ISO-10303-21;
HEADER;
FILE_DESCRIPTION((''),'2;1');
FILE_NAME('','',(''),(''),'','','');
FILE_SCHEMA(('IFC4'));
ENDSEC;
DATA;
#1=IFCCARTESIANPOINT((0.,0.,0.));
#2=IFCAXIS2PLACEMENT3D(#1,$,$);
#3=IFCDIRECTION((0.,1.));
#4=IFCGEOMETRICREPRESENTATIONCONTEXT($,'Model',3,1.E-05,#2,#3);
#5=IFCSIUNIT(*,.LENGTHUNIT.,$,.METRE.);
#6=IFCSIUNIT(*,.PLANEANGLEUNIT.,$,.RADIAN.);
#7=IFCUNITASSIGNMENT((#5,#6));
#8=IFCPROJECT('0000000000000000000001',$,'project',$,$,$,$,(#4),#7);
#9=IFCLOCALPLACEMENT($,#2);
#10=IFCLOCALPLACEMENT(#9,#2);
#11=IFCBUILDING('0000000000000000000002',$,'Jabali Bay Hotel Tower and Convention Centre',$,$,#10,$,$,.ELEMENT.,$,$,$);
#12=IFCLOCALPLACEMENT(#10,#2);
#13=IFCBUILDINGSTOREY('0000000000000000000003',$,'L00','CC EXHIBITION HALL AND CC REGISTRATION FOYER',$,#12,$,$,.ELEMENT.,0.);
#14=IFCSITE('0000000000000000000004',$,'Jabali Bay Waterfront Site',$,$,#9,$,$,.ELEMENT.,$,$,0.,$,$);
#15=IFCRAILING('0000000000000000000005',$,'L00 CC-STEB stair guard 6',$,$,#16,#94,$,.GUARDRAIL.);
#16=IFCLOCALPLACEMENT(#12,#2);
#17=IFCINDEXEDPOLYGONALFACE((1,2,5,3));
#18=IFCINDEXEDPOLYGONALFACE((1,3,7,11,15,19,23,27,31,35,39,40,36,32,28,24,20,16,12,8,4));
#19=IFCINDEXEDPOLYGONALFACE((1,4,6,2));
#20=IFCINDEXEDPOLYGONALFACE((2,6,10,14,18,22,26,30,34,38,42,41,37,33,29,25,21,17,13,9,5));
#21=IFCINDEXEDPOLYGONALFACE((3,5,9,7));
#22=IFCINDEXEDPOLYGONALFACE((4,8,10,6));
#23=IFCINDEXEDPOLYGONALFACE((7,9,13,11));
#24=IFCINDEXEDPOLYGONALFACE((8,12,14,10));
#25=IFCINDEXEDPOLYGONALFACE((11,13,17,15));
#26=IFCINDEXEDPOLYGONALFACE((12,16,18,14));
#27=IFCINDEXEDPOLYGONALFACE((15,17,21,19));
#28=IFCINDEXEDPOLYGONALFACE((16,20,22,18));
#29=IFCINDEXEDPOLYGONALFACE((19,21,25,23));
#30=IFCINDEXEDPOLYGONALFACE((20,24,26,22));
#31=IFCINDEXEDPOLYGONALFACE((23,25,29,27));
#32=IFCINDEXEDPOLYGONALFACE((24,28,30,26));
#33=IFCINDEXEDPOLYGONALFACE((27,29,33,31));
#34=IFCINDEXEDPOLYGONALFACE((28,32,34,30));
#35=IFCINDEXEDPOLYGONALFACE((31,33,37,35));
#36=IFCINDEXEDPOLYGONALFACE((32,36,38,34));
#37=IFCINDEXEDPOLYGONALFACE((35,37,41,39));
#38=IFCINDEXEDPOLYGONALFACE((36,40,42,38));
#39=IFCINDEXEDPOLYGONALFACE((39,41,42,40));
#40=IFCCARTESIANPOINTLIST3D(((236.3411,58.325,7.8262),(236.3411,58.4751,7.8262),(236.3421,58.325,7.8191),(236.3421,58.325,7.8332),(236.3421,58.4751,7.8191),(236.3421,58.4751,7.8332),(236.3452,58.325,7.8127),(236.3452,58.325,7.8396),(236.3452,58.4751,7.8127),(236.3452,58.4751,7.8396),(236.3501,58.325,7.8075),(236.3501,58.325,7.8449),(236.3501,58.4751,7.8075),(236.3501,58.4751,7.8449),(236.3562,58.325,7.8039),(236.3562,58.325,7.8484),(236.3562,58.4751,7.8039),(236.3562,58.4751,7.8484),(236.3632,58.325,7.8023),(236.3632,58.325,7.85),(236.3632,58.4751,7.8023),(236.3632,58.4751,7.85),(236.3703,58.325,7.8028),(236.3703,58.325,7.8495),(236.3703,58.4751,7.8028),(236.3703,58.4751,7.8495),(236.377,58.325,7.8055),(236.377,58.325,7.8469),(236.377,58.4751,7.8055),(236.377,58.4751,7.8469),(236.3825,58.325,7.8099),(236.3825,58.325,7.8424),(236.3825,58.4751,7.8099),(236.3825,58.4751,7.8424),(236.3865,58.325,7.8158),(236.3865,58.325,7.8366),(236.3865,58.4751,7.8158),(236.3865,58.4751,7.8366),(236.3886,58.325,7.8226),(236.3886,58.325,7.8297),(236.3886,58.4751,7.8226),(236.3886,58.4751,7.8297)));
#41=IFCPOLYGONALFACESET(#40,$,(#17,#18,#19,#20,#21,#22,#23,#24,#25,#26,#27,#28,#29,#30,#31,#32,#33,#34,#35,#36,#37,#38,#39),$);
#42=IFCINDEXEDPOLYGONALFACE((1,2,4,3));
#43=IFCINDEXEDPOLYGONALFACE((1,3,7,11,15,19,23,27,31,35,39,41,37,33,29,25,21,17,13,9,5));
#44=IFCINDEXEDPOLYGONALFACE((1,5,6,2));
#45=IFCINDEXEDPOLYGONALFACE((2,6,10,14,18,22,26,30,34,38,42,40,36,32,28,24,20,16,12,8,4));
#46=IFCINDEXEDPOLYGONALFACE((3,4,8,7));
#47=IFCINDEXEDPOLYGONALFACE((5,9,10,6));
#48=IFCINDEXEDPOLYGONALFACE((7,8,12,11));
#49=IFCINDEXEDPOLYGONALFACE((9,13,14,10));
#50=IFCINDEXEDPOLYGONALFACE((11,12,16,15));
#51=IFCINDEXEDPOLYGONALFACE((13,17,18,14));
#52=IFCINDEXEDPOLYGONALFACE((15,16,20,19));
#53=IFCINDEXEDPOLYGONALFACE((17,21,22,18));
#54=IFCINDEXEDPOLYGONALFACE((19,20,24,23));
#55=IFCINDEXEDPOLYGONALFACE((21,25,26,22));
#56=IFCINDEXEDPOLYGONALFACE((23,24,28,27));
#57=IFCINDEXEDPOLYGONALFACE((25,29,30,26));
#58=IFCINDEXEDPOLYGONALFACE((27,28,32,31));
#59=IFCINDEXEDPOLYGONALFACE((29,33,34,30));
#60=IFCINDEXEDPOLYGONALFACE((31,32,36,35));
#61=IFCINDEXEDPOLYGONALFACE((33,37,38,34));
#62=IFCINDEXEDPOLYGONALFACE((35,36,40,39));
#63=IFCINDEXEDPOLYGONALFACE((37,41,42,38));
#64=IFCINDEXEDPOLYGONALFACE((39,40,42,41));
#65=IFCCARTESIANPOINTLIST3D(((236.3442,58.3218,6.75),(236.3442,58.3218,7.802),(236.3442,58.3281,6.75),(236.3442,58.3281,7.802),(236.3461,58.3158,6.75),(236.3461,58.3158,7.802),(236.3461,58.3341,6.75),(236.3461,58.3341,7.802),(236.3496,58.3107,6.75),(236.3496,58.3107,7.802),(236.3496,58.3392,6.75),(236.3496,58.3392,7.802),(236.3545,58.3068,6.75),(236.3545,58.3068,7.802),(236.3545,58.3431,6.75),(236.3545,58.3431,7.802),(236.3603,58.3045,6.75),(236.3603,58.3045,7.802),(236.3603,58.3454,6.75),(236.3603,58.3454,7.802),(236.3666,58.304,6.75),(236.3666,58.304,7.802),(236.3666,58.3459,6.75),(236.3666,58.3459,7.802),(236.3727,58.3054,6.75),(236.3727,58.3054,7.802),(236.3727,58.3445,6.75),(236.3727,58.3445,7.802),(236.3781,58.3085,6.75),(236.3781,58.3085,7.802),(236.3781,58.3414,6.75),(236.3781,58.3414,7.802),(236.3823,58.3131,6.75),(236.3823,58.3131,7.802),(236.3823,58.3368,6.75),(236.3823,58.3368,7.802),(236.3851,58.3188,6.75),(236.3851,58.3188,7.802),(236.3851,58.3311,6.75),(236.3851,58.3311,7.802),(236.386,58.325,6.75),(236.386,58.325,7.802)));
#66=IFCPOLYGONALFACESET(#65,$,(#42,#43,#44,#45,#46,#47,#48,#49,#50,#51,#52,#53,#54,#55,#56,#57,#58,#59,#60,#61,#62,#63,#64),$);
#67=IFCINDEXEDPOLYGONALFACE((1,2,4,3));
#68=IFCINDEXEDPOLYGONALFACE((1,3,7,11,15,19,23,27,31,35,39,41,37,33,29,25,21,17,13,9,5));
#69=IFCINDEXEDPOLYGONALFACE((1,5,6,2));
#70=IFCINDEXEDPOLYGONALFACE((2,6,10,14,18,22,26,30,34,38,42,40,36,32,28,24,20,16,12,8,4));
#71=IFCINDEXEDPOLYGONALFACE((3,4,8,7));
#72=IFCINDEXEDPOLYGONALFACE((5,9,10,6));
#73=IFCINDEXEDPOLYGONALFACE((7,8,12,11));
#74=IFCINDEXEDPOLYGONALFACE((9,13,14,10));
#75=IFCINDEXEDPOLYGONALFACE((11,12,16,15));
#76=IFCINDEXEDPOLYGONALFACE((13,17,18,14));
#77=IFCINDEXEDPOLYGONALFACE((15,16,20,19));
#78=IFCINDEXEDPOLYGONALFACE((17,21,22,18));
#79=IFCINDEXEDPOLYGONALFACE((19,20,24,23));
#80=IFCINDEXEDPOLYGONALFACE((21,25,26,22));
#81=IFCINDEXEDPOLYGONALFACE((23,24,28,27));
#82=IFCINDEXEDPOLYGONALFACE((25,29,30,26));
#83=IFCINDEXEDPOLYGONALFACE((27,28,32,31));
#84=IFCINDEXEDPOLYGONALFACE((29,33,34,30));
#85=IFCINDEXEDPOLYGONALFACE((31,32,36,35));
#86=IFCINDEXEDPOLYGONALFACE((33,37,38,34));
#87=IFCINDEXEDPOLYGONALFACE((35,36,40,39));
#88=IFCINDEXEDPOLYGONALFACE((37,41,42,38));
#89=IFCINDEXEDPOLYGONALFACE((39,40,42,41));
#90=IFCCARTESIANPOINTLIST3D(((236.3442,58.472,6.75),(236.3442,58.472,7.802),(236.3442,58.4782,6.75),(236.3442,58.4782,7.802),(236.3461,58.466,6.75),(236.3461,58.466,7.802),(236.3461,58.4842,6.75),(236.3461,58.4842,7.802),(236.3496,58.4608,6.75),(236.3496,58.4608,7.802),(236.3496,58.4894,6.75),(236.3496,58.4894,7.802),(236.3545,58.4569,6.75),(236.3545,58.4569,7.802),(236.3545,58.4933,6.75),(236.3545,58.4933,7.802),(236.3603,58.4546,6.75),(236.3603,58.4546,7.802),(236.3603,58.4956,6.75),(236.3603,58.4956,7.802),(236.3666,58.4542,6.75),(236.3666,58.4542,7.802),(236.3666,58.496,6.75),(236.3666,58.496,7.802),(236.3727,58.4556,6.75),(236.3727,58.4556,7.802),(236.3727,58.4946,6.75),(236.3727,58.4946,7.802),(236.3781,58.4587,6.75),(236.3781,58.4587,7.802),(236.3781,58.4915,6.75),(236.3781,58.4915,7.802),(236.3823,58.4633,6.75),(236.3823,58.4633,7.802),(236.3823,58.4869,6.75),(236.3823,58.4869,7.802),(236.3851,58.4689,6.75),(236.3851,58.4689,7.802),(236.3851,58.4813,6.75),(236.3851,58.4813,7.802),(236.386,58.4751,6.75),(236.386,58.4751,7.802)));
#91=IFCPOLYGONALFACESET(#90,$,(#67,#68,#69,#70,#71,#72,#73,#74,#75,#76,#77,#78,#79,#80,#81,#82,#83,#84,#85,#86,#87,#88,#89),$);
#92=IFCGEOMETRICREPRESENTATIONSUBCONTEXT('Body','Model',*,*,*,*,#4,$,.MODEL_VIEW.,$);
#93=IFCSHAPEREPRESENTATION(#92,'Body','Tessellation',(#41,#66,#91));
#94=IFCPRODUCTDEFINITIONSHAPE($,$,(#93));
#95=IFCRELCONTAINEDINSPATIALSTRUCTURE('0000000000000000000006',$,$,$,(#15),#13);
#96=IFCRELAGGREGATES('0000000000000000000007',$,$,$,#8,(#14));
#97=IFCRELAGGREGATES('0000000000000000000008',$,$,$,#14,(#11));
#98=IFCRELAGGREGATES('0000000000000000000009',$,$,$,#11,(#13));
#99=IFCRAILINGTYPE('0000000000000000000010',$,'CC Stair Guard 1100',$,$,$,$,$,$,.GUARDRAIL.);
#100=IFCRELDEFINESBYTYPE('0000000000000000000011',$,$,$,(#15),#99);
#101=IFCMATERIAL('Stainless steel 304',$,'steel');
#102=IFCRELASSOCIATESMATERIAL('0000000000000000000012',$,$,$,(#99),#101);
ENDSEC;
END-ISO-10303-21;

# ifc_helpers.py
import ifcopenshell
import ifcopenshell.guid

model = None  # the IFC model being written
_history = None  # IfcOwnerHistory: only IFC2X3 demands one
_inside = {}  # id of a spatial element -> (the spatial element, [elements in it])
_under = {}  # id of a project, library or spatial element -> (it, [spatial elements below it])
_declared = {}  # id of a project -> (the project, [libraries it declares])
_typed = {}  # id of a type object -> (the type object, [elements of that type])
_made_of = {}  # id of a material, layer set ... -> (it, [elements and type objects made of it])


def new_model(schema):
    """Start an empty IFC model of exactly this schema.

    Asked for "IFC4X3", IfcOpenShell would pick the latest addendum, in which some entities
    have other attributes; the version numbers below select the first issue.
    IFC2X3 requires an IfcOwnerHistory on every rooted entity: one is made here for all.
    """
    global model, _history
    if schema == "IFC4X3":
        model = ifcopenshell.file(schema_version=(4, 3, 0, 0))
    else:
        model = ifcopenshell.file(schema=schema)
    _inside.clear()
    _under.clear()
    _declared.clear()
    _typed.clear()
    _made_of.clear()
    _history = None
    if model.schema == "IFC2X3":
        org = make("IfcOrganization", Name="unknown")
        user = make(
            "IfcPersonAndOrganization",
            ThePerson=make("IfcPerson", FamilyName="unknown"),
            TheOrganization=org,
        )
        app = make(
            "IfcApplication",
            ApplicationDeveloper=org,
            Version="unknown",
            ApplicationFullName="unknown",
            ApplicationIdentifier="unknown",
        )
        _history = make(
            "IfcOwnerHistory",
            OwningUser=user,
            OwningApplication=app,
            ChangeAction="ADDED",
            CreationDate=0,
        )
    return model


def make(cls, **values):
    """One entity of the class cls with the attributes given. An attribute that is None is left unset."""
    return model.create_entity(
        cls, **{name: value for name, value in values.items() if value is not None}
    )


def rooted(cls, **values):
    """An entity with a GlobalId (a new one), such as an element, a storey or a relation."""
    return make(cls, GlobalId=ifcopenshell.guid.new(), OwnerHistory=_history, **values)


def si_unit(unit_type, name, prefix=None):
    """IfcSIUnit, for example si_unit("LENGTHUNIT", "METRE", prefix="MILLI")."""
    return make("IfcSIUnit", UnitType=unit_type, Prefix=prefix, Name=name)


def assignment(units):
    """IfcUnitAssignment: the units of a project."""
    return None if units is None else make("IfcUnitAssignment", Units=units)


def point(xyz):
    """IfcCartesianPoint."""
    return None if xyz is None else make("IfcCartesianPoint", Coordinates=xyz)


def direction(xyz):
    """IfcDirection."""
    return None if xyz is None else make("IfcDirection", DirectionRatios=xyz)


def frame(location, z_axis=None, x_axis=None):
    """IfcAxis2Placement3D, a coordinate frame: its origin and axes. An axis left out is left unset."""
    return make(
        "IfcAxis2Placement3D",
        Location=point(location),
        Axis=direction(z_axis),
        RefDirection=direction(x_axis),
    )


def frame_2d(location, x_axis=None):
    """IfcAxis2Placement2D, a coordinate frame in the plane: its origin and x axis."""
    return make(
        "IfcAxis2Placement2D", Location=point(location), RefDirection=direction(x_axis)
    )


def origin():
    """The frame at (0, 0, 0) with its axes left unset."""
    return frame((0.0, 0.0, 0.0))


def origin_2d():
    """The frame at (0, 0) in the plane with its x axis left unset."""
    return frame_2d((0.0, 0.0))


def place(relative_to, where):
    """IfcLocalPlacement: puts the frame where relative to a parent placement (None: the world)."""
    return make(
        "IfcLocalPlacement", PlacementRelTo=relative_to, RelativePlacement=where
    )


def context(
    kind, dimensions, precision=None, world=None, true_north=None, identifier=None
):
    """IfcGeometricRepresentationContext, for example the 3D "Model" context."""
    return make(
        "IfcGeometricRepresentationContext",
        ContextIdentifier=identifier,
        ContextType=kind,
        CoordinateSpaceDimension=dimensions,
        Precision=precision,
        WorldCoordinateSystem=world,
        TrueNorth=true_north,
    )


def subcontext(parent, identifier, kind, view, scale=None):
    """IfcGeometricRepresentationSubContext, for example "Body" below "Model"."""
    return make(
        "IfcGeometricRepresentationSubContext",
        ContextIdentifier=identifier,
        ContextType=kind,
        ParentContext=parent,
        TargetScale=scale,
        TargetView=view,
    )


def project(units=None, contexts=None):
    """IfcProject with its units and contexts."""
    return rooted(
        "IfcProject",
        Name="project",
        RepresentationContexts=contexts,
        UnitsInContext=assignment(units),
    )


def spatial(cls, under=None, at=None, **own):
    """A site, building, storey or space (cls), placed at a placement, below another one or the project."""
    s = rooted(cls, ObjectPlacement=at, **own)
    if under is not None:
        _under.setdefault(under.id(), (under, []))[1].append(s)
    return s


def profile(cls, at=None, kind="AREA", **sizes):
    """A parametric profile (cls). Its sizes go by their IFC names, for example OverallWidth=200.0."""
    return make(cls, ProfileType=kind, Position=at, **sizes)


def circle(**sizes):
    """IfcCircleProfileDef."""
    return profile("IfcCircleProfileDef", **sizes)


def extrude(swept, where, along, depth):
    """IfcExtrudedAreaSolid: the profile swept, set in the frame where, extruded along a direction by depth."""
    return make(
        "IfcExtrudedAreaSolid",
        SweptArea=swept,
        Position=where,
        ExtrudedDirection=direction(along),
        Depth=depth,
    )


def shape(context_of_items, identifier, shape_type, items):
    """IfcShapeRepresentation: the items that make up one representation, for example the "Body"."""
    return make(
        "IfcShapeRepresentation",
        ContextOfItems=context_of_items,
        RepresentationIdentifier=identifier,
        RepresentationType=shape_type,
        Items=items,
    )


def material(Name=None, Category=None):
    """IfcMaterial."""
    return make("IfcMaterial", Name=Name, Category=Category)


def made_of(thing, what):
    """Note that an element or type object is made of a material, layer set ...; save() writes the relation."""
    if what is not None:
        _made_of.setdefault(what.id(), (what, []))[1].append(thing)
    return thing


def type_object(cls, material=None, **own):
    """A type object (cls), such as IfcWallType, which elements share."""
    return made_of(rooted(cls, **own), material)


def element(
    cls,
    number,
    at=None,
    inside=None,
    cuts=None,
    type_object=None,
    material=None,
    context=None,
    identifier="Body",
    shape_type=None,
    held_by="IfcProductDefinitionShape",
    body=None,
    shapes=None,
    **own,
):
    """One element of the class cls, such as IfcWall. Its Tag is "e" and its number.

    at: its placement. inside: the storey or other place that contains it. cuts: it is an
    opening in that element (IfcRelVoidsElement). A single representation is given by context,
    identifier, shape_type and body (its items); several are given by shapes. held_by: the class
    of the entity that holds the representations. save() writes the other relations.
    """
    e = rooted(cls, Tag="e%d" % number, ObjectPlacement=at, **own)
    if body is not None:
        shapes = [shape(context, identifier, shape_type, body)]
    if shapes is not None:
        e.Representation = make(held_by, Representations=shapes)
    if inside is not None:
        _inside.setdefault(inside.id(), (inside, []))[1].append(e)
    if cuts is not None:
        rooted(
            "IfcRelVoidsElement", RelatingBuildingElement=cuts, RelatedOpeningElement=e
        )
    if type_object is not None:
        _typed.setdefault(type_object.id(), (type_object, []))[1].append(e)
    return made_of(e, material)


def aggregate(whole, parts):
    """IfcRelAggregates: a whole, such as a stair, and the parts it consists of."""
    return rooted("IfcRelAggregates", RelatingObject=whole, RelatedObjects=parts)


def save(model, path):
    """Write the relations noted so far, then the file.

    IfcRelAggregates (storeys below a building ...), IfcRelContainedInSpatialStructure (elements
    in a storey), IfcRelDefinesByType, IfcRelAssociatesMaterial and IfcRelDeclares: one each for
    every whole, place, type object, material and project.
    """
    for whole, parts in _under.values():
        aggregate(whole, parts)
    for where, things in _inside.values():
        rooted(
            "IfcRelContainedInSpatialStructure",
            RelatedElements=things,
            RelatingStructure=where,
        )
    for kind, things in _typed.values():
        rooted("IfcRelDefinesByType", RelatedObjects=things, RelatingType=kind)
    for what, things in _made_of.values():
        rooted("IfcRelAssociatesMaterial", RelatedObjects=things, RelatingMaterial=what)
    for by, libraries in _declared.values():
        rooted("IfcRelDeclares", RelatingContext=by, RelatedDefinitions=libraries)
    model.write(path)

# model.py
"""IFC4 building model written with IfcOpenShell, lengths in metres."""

from ifc_helpers import new_model, si_unit, direction, frame, origin, origin_2d, place, context, subcontext, project, spatial, circle, extrude, material, type_object, element, save


model = new_model("IFC4")

# Units and contexts
model_context = context("Model", 3, precision=1e-05, world=origin(), true_north=direction((0.0, 1.0)))
body_context = subcontext(model_context, "Body", "Model", "MODEL_VIEW")
ifc_project = project(units=[si_unit("LENGTHUNIT", "METRE"), si_unit("PLANEANGLEUNIT", "RADIAN")], contexts=[model_context])

# Site, building, storey
site_placement = place(None, origin())
site = spatial("IfcSite", under=ifc_project, at=site_placement, Name="Jabali Bay Waterfront Site", CompositionType="ELEMENT", RefElevation=0.0)
building_placement = place(site_placement, origin())
building = spatial("IfcBuilding", under=site, at=building_placement, Name="Jabali Bay Hotel Tower and Convention Centre", CompositionType="ELEMENT")
storey_placement = place(building_placement, origin())
storey = spatial("IfcBuildingStorey", under=building, at=storey_placement, Name="L00", Description="CC EXHIBITION HALL AND CC REGISTRATION FOYER", CompositionType="ELEMENT", Elevation=0.0)

# Railing
ifc_material_1 = material(Name="Stainless steel 304", Category="steel")
railing_type_1 = type_object("IfcRailingType", Name="CC Stair Guard 1100", PredefinedType="GUARDRAIL", material=ifc_material_1)
railing_1_placement = place(storey_placement, frame((236.365, 58.325, 6.75)))
element("IfcRailing", 1, at=railing_1_placement, inside=storey, type_object=railing_type_1, Name="L00 CC-STEB stair guard 6", PredefinedType="GUARDRAIL", context=body_context, shape_type="SweptSolid", body=[
    extrude(circle(Radius=0.0239, at=origin_2d()), frame((0.0, 0.0, 1.0762), z_axis=(0.0, 1.0, 0.0), x_axis=(-1.0, 0.0, 0.0)), (0.0, 0.0, 1.0), 0.1501),
    extrude(circle(Radius=0.021, at=origin_2d()), origin(), (0.0, 0.0, 1.0), 1.052),
    extrude(circle(Radius=0.021, at=origin_2d()), frame((0.0, 0.1501, 0.0)), (0.0, 0.0, 1.0), 1.052),
])

save(model, "model.ifc")
